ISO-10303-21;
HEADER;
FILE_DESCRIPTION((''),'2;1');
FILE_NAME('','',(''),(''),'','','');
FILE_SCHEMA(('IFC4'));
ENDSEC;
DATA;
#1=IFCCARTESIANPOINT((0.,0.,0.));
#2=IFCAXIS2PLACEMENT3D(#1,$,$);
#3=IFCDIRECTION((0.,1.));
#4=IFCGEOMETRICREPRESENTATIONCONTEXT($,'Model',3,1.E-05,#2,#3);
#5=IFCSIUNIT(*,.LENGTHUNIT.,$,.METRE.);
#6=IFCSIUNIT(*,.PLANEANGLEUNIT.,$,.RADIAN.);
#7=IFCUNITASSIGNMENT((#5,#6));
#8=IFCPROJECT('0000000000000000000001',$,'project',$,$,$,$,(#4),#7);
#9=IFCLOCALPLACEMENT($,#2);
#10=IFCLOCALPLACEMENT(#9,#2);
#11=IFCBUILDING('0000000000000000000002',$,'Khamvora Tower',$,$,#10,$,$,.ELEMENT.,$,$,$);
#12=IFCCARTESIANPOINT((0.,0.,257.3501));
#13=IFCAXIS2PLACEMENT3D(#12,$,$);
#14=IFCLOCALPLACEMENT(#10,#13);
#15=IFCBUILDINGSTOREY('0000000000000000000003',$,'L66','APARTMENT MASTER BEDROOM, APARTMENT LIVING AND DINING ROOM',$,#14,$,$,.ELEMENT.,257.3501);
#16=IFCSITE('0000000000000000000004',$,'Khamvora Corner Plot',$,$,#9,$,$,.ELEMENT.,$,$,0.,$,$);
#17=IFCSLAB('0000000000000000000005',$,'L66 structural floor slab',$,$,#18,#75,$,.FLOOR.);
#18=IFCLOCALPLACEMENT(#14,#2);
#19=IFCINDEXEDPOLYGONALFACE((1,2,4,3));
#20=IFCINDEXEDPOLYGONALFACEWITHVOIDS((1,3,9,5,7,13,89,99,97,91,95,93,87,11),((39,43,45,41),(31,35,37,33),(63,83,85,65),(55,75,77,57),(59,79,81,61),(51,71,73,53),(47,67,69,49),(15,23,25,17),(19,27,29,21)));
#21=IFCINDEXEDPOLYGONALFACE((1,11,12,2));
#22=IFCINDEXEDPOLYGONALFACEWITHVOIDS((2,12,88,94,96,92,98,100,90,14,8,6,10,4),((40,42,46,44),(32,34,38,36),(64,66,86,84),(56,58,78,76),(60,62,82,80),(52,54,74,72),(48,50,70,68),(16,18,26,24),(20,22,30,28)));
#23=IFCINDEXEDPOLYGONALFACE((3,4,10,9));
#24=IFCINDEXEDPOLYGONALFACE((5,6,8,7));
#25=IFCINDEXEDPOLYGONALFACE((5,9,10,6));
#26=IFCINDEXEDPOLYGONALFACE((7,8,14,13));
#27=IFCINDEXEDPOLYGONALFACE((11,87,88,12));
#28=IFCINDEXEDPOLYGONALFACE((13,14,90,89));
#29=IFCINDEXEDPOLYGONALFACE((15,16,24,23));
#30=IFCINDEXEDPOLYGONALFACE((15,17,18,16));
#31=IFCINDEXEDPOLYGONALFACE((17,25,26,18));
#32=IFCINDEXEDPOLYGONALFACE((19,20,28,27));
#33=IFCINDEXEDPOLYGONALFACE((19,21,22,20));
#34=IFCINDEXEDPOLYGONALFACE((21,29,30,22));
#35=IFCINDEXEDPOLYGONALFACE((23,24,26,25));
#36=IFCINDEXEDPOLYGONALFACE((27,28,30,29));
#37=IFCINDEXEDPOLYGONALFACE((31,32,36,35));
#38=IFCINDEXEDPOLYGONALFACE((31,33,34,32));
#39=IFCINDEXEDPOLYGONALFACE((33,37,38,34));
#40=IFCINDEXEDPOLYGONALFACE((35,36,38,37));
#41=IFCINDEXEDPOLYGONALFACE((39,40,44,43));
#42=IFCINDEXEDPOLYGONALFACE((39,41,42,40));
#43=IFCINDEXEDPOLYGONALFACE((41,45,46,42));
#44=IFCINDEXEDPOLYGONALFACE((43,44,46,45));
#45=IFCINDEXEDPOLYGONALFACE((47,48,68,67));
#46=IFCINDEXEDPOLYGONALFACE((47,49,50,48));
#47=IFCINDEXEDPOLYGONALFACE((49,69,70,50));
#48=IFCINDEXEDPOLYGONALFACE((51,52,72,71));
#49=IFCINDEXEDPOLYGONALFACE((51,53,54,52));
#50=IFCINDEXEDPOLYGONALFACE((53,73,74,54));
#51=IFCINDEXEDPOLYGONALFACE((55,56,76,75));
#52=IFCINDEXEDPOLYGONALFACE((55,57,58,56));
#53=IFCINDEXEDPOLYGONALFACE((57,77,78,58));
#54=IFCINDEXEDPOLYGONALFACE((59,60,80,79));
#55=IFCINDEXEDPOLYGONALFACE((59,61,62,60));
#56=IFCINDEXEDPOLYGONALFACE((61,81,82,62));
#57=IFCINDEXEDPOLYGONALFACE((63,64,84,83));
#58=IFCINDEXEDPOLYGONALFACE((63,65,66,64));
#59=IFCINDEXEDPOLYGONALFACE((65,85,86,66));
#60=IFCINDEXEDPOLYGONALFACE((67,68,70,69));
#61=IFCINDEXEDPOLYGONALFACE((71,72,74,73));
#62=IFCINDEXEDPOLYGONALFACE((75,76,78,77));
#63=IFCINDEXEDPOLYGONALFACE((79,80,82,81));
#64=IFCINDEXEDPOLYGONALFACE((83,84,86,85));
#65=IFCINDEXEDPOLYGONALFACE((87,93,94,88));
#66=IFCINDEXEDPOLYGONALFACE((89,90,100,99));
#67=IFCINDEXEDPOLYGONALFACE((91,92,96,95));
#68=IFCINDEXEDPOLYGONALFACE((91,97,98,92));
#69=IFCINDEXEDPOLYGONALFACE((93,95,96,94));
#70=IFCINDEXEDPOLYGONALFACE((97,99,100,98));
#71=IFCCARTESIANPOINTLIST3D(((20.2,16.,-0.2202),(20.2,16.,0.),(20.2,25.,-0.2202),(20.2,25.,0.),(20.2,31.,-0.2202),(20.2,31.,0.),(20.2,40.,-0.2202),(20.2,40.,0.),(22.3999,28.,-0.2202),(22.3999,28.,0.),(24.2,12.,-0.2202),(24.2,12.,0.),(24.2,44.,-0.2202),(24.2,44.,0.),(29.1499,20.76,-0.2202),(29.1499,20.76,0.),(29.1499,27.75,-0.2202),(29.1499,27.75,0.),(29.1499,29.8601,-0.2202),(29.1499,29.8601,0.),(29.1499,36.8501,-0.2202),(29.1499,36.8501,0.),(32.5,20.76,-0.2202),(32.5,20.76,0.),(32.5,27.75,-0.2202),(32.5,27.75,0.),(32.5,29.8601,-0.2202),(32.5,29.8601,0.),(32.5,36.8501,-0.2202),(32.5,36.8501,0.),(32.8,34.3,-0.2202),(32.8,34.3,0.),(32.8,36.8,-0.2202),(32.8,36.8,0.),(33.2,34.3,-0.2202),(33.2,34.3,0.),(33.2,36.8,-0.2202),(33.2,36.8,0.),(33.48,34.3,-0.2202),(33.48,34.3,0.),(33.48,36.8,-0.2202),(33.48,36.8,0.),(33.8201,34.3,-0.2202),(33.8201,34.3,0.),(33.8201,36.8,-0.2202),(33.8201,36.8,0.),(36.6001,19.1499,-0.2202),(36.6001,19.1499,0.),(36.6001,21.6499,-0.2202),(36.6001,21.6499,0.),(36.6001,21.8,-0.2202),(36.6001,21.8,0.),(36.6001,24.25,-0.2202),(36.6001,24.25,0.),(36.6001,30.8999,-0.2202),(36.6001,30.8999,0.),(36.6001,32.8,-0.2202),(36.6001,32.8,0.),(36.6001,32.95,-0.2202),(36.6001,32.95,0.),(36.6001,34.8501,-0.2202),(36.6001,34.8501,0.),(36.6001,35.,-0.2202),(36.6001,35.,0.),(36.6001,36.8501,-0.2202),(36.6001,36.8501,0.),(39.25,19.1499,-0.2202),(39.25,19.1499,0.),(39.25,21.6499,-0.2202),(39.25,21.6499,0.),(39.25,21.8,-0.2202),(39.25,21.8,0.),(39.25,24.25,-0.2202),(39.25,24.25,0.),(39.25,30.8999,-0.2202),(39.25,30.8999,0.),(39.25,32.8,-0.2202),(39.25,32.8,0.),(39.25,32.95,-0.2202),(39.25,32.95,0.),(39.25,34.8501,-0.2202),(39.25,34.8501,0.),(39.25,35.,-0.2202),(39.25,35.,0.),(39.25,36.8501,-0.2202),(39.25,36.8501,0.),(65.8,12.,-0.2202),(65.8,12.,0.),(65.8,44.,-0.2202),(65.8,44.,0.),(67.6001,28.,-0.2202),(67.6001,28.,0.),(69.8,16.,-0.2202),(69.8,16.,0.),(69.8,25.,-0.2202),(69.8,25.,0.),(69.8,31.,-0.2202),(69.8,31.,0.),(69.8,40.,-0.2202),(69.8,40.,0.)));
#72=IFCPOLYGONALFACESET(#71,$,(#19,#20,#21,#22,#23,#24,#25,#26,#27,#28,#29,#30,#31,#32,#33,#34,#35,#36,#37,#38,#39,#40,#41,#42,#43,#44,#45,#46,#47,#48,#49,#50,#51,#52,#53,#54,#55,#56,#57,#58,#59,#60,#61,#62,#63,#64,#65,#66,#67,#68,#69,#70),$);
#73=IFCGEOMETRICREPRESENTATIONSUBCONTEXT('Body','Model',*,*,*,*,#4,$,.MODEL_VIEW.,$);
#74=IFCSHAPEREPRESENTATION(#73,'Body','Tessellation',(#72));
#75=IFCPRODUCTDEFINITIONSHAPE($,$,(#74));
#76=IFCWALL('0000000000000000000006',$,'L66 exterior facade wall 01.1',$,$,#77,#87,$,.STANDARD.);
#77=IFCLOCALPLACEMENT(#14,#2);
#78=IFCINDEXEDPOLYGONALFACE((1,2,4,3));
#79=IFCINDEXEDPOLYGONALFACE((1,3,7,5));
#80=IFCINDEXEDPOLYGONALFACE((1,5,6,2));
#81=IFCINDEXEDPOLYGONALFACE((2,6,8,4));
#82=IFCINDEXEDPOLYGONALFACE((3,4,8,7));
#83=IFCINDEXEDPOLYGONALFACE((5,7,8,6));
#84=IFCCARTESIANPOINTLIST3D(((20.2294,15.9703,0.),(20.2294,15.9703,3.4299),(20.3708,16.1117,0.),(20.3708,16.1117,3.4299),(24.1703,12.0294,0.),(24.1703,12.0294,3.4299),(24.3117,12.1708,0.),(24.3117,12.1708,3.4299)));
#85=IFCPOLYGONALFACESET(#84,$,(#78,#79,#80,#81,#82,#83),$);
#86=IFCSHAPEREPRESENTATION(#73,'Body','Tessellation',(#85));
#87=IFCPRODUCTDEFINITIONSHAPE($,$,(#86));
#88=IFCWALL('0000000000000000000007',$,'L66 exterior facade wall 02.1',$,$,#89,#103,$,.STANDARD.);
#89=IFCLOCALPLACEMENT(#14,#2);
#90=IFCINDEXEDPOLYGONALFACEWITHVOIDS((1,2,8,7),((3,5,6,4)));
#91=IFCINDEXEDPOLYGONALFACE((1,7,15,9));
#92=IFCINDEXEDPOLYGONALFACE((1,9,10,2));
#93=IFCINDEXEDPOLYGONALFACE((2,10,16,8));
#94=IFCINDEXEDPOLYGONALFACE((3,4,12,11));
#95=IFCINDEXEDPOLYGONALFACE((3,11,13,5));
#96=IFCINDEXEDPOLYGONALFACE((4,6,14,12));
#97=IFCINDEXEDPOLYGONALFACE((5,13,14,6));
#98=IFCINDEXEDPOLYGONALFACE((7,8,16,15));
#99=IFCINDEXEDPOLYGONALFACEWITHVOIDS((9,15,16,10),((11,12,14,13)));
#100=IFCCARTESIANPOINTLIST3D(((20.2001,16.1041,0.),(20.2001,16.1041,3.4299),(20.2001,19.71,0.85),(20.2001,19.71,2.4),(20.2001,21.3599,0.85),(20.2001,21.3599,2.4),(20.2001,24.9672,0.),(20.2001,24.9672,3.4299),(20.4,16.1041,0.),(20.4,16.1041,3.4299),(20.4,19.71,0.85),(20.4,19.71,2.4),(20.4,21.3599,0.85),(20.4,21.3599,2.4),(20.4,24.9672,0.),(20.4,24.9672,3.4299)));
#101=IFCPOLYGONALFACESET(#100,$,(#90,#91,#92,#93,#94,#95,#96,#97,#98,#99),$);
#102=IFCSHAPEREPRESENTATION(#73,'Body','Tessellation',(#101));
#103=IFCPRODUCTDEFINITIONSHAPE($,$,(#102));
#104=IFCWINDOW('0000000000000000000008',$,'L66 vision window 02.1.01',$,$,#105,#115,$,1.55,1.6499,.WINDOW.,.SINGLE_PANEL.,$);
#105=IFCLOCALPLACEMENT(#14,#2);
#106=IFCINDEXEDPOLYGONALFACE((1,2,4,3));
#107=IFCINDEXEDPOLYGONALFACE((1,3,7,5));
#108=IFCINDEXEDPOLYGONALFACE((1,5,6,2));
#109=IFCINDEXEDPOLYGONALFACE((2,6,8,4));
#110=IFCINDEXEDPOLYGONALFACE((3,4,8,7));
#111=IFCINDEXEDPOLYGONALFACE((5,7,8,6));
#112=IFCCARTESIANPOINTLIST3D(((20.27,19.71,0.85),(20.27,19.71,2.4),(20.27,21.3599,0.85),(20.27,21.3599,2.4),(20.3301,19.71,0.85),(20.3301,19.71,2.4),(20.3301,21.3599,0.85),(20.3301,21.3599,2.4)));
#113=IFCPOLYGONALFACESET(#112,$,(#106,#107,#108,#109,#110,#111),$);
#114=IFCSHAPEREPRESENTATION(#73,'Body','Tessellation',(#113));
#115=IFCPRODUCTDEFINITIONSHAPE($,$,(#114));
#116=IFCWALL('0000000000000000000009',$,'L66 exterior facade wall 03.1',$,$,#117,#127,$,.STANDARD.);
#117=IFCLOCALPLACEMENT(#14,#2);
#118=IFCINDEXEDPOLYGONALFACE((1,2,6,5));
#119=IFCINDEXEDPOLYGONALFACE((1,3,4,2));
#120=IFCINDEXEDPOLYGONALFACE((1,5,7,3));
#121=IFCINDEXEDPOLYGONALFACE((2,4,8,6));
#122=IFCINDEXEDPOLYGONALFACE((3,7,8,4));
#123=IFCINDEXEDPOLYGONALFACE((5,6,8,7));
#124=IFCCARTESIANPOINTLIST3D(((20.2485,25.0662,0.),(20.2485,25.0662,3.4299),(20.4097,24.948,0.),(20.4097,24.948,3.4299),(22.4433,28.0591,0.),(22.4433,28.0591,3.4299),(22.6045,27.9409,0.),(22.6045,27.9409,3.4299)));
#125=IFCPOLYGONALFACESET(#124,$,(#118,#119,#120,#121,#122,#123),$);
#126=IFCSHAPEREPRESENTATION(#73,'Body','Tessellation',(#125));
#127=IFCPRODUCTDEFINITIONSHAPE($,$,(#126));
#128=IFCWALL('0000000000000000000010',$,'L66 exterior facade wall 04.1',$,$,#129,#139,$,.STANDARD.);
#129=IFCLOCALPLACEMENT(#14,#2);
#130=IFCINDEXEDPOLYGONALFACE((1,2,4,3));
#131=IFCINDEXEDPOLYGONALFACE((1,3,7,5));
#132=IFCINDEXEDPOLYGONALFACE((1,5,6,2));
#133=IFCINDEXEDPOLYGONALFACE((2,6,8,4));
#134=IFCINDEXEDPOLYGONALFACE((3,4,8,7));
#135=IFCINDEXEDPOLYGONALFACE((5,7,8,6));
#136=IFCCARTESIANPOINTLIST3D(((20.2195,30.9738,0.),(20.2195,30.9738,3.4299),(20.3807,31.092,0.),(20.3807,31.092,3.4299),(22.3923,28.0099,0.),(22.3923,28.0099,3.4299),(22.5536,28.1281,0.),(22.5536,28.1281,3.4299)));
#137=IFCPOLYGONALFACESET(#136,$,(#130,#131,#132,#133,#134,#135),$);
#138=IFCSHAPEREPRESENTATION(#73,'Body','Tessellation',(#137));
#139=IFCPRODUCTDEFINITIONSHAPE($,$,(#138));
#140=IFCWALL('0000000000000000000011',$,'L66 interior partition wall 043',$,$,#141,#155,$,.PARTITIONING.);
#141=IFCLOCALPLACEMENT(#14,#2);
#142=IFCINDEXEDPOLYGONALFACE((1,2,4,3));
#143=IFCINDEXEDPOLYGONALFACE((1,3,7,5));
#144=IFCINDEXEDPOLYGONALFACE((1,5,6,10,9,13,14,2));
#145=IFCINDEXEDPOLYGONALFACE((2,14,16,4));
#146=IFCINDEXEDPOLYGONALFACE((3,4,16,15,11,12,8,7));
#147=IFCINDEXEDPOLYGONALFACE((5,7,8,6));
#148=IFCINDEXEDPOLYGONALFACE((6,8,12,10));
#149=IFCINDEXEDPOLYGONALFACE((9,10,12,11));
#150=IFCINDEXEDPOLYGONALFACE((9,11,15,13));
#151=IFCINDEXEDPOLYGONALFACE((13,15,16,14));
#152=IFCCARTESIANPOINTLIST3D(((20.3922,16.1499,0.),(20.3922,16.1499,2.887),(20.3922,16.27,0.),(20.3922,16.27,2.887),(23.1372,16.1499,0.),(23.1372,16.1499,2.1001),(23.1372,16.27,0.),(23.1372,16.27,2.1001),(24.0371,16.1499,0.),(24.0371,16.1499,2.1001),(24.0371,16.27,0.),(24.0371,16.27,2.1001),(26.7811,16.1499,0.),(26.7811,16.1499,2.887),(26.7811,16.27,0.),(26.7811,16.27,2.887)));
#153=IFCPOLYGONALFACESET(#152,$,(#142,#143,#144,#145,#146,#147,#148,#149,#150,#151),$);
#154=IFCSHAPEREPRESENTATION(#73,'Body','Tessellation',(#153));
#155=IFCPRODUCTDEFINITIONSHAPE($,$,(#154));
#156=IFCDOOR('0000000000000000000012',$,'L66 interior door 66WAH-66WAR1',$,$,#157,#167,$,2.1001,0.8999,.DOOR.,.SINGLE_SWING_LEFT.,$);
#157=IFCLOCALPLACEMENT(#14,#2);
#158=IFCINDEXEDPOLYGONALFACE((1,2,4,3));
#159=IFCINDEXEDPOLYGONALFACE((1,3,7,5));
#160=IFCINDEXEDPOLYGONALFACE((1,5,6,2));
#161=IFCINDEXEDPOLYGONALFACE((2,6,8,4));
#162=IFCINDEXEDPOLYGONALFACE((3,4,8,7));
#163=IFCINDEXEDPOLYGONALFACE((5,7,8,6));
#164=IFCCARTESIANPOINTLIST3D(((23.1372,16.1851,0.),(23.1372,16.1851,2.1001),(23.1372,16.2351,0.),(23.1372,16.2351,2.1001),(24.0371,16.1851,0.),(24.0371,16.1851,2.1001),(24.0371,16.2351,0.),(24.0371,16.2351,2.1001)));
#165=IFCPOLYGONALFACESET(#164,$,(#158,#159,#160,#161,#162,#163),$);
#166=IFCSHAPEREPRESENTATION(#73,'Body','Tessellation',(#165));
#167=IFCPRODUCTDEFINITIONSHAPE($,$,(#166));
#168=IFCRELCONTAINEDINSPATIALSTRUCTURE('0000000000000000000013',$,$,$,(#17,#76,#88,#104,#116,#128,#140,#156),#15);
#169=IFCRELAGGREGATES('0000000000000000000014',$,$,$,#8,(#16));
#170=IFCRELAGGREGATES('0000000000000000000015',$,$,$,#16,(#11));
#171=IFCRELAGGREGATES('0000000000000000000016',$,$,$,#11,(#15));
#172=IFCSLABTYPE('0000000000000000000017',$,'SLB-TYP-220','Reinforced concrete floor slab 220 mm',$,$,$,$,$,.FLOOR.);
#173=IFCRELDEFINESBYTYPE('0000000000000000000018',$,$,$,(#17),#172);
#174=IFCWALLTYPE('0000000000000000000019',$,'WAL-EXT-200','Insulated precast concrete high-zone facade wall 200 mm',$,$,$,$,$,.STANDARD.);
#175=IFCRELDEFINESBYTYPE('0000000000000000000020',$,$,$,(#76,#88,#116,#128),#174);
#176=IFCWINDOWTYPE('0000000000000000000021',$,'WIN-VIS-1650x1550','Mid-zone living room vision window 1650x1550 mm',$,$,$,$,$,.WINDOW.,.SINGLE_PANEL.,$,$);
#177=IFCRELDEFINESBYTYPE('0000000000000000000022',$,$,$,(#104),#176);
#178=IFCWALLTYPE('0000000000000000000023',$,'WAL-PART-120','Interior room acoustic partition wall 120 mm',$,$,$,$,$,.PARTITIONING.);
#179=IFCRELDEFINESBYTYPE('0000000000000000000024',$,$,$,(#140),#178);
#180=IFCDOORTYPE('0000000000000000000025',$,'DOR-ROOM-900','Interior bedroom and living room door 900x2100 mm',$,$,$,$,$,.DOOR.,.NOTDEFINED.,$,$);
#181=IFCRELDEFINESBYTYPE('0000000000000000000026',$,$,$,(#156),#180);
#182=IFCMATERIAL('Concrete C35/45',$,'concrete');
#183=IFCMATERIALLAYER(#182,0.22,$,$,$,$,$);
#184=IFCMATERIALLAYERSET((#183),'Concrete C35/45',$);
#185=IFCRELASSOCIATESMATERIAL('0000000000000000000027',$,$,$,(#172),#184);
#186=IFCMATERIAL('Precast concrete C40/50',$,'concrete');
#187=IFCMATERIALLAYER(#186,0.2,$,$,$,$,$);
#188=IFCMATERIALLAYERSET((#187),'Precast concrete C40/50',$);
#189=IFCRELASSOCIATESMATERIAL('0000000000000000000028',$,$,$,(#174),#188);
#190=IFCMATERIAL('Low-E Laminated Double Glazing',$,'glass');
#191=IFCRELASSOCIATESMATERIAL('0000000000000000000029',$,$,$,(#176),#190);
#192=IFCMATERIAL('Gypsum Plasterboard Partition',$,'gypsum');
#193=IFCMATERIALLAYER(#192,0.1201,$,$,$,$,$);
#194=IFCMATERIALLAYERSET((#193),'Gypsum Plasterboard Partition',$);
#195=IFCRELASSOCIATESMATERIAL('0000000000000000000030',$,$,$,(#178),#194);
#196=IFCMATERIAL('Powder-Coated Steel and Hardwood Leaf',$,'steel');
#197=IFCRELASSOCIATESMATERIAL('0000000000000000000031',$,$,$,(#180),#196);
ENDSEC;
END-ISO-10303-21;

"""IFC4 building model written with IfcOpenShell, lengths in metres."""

from ifc_helpers import new_model, si_unit, direction, frame, frame_2d, origin, place, context, subcontext, project, spatial, polyline, rectangle, outline, extrude, material, layer, layer_set, type_object, element, fill, save


model = new_model("IFC4")

# Units and contexts
model_context = context("Model", 3, precision=1e-05, world=origin(), true_north=direction((0.0, 1.0)))
body_context = subcontext(model_context, "Body", "Model", "MODEL_VIEW")
ifc_project = project(units=[si_unit("LENGTHUNIT", "METRE"), si_unit("PLANEANGLEUNIT", "RADIAN")], contexts=[model_context])

# Site, building, storey
site_placement = place(None, origin())
site = spatial("IfcSite", under=ifc_project, at=site_placement, Name="Khamvora Corner Plot", CompositionType="ELEMENT", RefElevation=0.0)
building_placement = place(site_placement, origin())
building = spatial("IfcBuilding", under=site, at=building_placement, Name="Khamvora Tower", CompositionType="ELEMENT")
storey_placement = place(building_placement, frame((0.0, 0.0, 257.3501)))
storey = spatial("IfcBuildingStorey", under=building, at=storey_placement, Name="L66", Description="APARTMENT MASTER BEDROOM, APARTMENT LIVING AND DINING ROOM", CompositionType="ELEMENT", Elevation=257.3501)

# Slab
ifc_material_1 = material(Name="Concrete C35/45", Category="concrete")
ifc_layer_1 = layer(ifc_material_1, 0.22)
ifc_layer_set_1 = layer_set([ifc_layer_1], Name="Concrete C35/45")
slab_type_1 = type_object("IfcSlabType", Name="SLB-TYP-220", Description="Reinforced concrete floor slab 220 mm", PredefinedType="FLOOR", material=ifc_layer_set_1)
slab_1_placement = place(storey_placement, frame((0.0, 0.0, -0.2202)))
element("IfcSlab", 1, at=slab_1_placement, inside=storey, type_object=slab_type_1, Name="L66 structural floor slab", PredefinedType="FLOOR", context=body_context, shape_type="SweptSolid", body=[
    extrude(outline(polyline([(24.2, 12.0), (65.8, 12.0), (69.8, 16.0), (69.8, 25.0), (67.6001, 28.0), (69.8, 31.0), (69.8, 40.0), (65.8, 44.0), (24.2, 44.0), (20.2, 40.0), (20.2, 31.0), (22.3999, 28.0), (20.2, 25.0), (20.2, 16.0), (24.2, 12.0)]), holes=[polyline([(32.5, 20.76), (32.5, 27.75), (29.1499, 27.75), (29.1499, 20.76), (32.5, 20.76)]), polyline([(32.5, 29.8601), (32.5, 36.8501), (29.1499, 36.8501), (29.1499, 29.8601), (32.5, 29.8601)]), polyline([(36.6001, 19.1499), (39.25, 19.1499), (39.25, 21.6499), (36.6001, 21.6499), (36.6001, 19.1499)]), polyline([(36.6001, 21.8), (39.25, 21.8), (39.25, 24.25), (36.6001, 24.25), (36.6001, 21.8)]), polyline([(36.6001, 30.8999), (39.25, 30.8999), (39.25, 32.8), (36.6001, 32.8), (36.6001, 30.8999)]), polyline([(36.6001, 32.95), (39.25, 32.95), (39.25, 34.8501), (36.6001, 34.8501), (36.6001, 32.95)]), polyline([(36.6001, 35.0), (39.25, 35.0), (39.25, 36.8501), (36.6001, 36.8501), (36.6001, 35.0)]), polyline([(32.8, 34.3), (33.2, 34.3), (33.2, 36.8), (32.8, 36.8), (32.8, 34.3)]), polyline([(33.48, 34.3), (33.8201, 34.3), (33.8201, 36.8), (33.48, 36.8), (33.48, 34.3)])]), origin(), (0.0, 0.0, 1.0), 0.2202),
])

# Wall
ifc_material_2 = material(Name="Precast concrete C40/50", Category="concrete")
ifc_layer_2 = layer(ifc_material_2, 0.2)
ifc_layer_set_2 = layer_set([ifc_layer_2], Name="Precast concrete C40/50")
wall_type_1 = type_object("IfcWallType", Name="WAL-EXT-200", Description="Insulated precast concrete high-zone facade wall 200 mm", PredefinedType="STANDARD", material=ifc_layer_set_2)
wall_1_placement = place(storey_placement, frame((24.241, 12.1001, 0.0), z_axis=(0.0, 0.0, 1.0), x_axis=(-0.707107, 0.707107, 0.0)))
element("IfcWall", 2, at=wall_1_placement, inside=storey, type_object=wall_type_1, Name="L66 exterior facade wall 01.1", PredefinedType="STANDARD", context=body_context, shape_type="SweptSolid", body=[
    extrude(rectangle(XDim=5.5732, YDim=0.2, at=frame_2d((2.7866, 0.0))), origin(), (0.0, 0.0, 1.0), 3.4299),
])

# Wall, opening, window
wall_2_placement = place(storey_placement, frame((20.3, 16.104, 0.0), z_axis=(0.0, 0.0, 1.0), x_axis=(0.0, 1.0, 0.0)))
wall_2 = element("IfcWall", 3, at=wall_2_placement, inside=storey, type_object=wall_type_1, Name="L66 exterior facade wall 02.1", PredefinedType="STANDARD", context=body_context, shape_type="SweptSolid", body=[
    extrude(rectangle(XDim=8.863, YDim=0.2, at=frame_2d((4.4316, 0.0))), origin(), (0.0, 0.0, 1.0), 3.4299),
])
opening_1_placement = place(wall_2_placement, frame((3.606, 0.0, 0.8501)))
opening_1 = element("IfcOpeningElement", 4, at=opening_1_placement, cuts=wall_2, PredefinedType="OPENING", context=body_context, shape_type="SweptSolid", body=[
    extrude(rectangle(XDim=1.6499, YDim=1.55, at=frame_2d((0.825, 0.7749))), frame((0.0, 0.1099, 0.0), z_axis=(0.0, -1.0, 0.0), x_axis=(1.0, 0.0, 0.0)), (0.0, 0.0, 1.0), 0.22),
])
ifc_material_3 = material(Name="Low-E Laminated Double Glazing", Category="glass")
window_type = type_object("IfcWindowType", Name="WIN-VIS-1650x1550", Description="Mid-zone living room vision window 1650x1550 mm", PartitioningType="SINGLE_PANEL", PredefinedType="WINDOW", material=ifc_material_3)
window_placement = place(opening_1_placement, origin())
window = element("IfcWindow", 5, at=window_placement, inside=storey, type_object=window_type, Name="L66 vision window 02.1.01", OverallHeight=1.55, OverallWidth=1.6499, PartitioningType="SINGLE_PANEL", PredefinedType="WINDOW", context=body_context, shape_type="SweptSolid", body=[
    extrude(rectangle(XDim=1.6499, YDim=1.55, at=frame_2d((0.825, 0.7749))), frame((0.0, 0.03, 0.0), z_axis=(0.0, -1.0, 0.0), x_axis=(1.0, 0.0, 0.0)), (0.0, 0.0, 1.0), 0.0601),
])
fill(opening_1, window)

# Walls
wall_3_placement = place(storey_placement, frame((20.3291, 25.0071, 0.0), z_axis=(0.0, 0.0, 1.0), x_axis=(0.591367, 0.806403, 0.0)))
element("IfcWall", 6, at=wall_3_placement, inside=storey, type_object=wall_type_1, Name="L66 exterior facade wall 03.1", PredefinedType="STANDARD", context=body_context, shape_type="SweptSolid", body=[
    extrude(rectangle(XDim=3.7114, YDim=0.2, at=frame_2d((1.8557, 0.0))), origin(), (0.0, 0.0, 1.0), 3.4299),
])
wall_4_placement = place(storey_placement, frame((22.4729, 28.0691, 0.0), z_axis=(0.0, 0.0, 1.0), x_axis=(-0.591248, 0.806489, 0.0)))
element("IfcWall", 7, at=wall_4_placement, inside=storey, type_object=wall_type_1, Name="L66 exterior facade wall 04.1", PredefinedType="STANDARD", context=body_context, shape_type="SweptSolid", body=[
    extrude(rectangle(XDim=3.675, YDim=0.2, at=frame_2d((1.8374, 0.0))), origin(), (0.0, 0.0, 1.0), 3.4299),
])

# Wall, opening, door
ifc_material_4 = material(Name="Gypsum Plasterboard Partition", Category="gypsum")
ifc_layer_3 = layer(ifc_material_4, 0.1201)
ifc_layer_set_3 = layer_set([ifc_layer_3], Name="Gypsum Plasterboard Partition")
wall_type_2 = type_object("IfcWallType", Name="WAL-PART-120", Description="Interior room acoustic partition wall 120 mm", PredefinedType="PARTITIONING", material=ifc_layer_set_3)
wall_5_placement = place(storey_placement, frame((26.781, 16.21, 0.0), z_axis=(0.0, 0.0, 1.0), x_axis=(-1.0, 0.0, 0.0)))
wall_5 = element("IfcWall", 8, at=wall_5_placement, inside=storey, type_object=wall_type_2, Name="L66 interior partition wall 043", PredefinedType="PARTITIONING", context=body_context, shape_type="SweptSolid", body=[
    extrude(rectangle(XDim=6.3889, YDim=0.1201, at=frame_2d((3.1943, 0.0))), origin(), (0.0, 0.0, 1.0), 2.887),
])
opening_2_placement = place(wall_5_placement, frame((2.7439, 0.0, 0.0)))
opening_2 = element("IfcOpeningElement", 9, at=opening_2_placement, cuts=wall_5, PredefinedType="OPENING", context=body_context, shape_type="SweptSolid", body=[
    extrude(rectangle(XDim=0.8999, YDim=2.1001, at=frame_2d((0.45, 1.05))), frame((0.0, 0.0701, 0.0), z_axis=(0.0, -1.0, 0.0), x_axis=(1.0, 0.0, 0.0)), (0.0, 0.0, 1.0), 0.1401),
])
ifc_material_5 = material(Name="Powder-Coated Steel and Hardwood Leaf", Category="steel")
door_type_1 = type_object("IfcDoorType", Name="DOR-ROOM-900", Description="Interior bedroom and living room door 900x2100 mm", OperationType="NOTDEFINED", PredefinedType="DOOR", material=ifc_material_5)
door_1_placement = place(opening_2_placement, origin())
door_1 = element("IfcDoor", 10, at=door_1_placement, inside=storey, type_object=door_type_1, Name="L66 interior door 66WAH-66WAR1", OperationType="SINGLE_SWING_LEFT", OverallHeight=2.1001, OverallWidth=0.8999, PredefinedType="DOOR", context=body_context, shape_type="SweptSolid", body=[
    extrude(rectangle(XDim=0.8999, YDim=2.1001, at=frame_2d((0.45, 1.05))), frame((0.0, 0.0249, 0.0), z_axis=(0.0, -1.0, 0.0), x_axis=(1.0, 0.0, 0.0)), (0.0, 0.0, 1.0), 0.05),
])
fill(opening_2, door_1)

save(model, "model.ifc")
